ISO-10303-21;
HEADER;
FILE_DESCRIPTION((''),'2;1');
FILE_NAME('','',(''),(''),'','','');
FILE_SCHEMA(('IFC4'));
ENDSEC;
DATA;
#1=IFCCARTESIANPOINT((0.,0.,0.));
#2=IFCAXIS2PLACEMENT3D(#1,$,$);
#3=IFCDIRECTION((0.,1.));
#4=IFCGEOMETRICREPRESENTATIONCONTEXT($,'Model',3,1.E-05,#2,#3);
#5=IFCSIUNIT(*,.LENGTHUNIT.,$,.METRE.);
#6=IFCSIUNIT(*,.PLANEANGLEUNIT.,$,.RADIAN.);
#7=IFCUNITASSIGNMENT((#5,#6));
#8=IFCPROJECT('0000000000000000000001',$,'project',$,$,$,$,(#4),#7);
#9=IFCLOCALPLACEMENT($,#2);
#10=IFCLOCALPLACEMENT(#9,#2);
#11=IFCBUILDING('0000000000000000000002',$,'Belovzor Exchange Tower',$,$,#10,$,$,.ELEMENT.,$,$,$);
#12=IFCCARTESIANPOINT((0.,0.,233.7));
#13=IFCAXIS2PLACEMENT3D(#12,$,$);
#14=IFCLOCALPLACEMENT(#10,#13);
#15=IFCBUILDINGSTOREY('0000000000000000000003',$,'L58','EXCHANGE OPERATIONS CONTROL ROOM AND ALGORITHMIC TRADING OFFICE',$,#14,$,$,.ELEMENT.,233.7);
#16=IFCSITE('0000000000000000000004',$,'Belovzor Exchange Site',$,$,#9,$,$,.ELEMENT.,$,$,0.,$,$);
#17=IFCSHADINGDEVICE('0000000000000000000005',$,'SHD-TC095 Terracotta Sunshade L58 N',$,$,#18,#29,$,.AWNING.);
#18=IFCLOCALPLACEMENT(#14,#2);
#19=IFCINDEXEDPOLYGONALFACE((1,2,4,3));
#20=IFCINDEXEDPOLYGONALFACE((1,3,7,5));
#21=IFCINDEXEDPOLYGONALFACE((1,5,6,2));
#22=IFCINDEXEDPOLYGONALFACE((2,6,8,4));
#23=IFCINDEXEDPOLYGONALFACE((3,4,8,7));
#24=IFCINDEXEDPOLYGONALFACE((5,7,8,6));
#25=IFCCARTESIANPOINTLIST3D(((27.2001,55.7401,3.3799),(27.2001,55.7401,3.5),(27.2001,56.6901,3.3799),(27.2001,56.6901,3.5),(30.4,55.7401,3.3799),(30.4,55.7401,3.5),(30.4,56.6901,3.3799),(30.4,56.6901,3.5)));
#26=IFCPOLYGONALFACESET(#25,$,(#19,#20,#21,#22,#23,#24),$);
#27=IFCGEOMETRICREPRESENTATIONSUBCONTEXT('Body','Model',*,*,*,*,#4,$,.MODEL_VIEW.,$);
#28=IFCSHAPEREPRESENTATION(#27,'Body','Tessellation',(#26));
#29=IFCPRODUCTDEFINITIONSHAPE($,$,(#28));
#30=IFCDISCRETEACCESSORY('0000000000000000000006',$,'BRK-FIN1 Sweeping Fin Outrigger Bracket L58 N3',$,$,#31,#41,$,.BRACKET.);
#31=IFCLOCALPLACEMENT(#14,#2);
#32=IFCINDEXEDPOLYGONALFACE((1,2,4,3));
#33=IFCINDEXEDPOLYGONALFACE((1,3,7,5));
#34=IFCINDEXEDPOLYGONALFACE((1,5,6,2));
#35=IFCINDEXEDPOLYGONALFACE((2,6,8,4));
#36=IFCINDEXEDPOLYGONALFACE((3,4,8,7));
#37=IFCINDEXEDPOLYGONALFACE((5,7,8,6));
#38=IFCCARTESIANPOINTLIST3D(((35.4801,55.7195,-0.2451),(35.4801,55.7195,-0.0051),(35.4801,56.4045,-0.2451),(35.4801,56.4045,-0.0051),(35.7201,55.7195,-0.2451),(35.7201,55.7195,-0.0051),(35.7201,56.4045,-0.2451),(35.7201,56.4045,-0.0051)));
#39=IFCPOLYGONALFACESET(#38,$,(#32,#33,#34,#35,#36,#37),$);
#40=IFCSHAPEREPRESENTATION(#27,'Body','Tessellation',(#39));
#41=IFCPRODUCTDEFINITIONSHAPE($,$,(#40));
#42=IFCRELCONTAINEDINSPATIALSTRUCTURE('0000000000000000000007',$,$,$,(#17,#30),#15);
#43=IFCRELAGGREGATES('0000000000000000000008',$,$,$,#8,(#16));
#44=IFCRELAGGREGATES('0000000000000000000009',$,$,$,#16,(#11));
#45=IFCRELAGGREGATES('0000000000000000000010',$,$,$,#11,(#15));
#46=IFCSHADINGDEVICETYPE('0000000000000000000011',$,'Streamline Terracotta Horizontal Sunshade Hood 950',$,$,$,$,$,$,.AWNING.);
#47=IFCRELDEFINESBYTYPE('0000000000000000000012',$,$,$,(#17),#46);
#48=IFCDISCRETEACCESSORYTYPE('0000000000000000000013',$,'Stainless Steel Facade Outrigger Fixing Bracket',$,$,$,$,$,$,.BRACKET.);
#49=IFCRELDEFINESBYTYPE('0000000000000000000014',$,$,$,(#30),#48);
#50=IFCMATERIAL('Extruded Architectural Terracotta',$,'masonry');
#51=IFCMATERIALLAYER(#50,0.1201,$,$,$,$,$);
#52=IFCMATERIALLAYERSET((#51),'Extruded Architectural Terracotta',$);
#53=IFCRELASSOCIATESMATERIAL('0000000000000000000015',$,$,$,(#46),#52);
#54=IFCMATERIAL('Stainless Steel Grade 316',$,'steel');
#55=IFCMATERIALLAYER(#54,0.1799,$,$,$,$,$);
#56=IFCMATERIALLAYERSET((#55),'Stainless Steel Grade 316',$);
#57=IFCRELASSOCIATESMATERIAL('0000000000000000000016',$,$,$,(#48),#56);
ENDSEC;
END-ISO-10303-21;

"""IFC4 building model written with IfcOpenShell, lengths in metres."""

from ifc_helpers import new_model, si_unit, direction, frame, origin, origin_2d, place, context, subcontext, project, spatial, rectangle, extrude, material, layer, layer_set, type_object, element, save


model = new_model("IFC4")

# Units and contexts
model_context = context("Model", 3, precision=1e-05, world=origin(), true_north=direction((0.0, 1.0)))
body_context = subcontext(model_context, "Body", "Model", "MODEL_VIEW")
ifc_project = project(units=[si_unit("LENGTHUNIT", "METRE"), si_unit("PLANEANGLEUNIT", "RADIAN")], contexts=[model_context])

# Site, building, storey
site_placement = place(None, origin())
site = spatial("IfcSite", under=ifc_project, at=site_placement, Name="Belovzor Exchange Site", CompositionType="ELEMENT", RefElevation=0.0)
building_placement = place(site_placement, origin())
building = spatial("IfcBuilding", under=site, at=building_placement, Name="Belovzor Exchange Tower", CompositionType="ELEMENT")
storey_placement = place(building_placement, frame((0.0, 0.0, 233.7)))
storey = spatial("IfcBuildingStorey", under=building, at=storey_placement, Name="L58", Description="EXCHANGE OPERATIONS CONTROL ROOM AND ALGORITHMIC TRADING OFFICE", CompositionType="ELEMENT", Elevation=233.7)

# Shading device
ifc_material_1 = material(Name="Extruded Architectural Terracotta", Category="masonry")
ifc_layer_1 = layer(ifc_material_1, 0.1201)
ifc_layer_set_1 = layer_set([ifc_layer_1], Name="Extruded Architectural Terracotta")
shading_device_type = type_object("IfcShadingDeviceType", Name="Streamline Terracotta Horizontal Sunshade Hood 950", PredefinedType="AWNING", material=ifc_layer_set_1)
shading_device_placement = place(storey_placement, frame((28.8, 56.2151, 3.3799), z_axis=(0.0, 0.0, 1.0), x_axis=(1.0, 0.0, 0.0)))
element("IfcShadingDevice", 1, at=shading_device_placement, inside=storey, type_object=shading_device_type, Name="SHD-TC095 Terracotta Sunshade L58 N", PredefinedType="AWNING", context=body_context, shape_type="SweptSolid", body=[
    extrude(rectangle(XDim=3.2, YDim=0.95, at=origin_2d()), origin(), (0.0, 0.0, 1.0), 0.1201),
])

# Discrete accessory
ifc_material_2 = material(Name="Stainless Steel Grade 316", Category="steel")
ifc_layer_2 = layer(ifc_material_2, 0.1799)
ifc_layer_set_2 = layer_set([ifc_layer_2], Name="Stainless Steel Grade 316")
discrete_accessory_type = type_object("IfcDiscreteAccessoryType", Name="Stainless Steel Facade Outrigger Fixing Bracket", PredefinedType="BRACKET", material=ifc_layer_set_2)
discrete_accessory_placement = place(storey_placement, frame((35.6001, 56.062, -0.2451), z_axis=(0.0, 0.0, 1.0), x_axis=(0.0, 1.0, 0.0)))
element("IfcDiscreteAccessory", 2, at=discrete_accessory_placement, inside=storey, type_object=discrete_accessory_type, Name="BRK-FIN1 Sweeping Fin Outrigger Bracket L58 N3", PredefinedType="BRACKET", context=body_context, shape_type="SweptSolid", body=[
    extrude(rectangle(XDim=0.6851, YDim=0.24, at=origin_2d()), origin(), (0.0, 0.0, 1.0), 0.24),
])

save(model, "model.ifc")
